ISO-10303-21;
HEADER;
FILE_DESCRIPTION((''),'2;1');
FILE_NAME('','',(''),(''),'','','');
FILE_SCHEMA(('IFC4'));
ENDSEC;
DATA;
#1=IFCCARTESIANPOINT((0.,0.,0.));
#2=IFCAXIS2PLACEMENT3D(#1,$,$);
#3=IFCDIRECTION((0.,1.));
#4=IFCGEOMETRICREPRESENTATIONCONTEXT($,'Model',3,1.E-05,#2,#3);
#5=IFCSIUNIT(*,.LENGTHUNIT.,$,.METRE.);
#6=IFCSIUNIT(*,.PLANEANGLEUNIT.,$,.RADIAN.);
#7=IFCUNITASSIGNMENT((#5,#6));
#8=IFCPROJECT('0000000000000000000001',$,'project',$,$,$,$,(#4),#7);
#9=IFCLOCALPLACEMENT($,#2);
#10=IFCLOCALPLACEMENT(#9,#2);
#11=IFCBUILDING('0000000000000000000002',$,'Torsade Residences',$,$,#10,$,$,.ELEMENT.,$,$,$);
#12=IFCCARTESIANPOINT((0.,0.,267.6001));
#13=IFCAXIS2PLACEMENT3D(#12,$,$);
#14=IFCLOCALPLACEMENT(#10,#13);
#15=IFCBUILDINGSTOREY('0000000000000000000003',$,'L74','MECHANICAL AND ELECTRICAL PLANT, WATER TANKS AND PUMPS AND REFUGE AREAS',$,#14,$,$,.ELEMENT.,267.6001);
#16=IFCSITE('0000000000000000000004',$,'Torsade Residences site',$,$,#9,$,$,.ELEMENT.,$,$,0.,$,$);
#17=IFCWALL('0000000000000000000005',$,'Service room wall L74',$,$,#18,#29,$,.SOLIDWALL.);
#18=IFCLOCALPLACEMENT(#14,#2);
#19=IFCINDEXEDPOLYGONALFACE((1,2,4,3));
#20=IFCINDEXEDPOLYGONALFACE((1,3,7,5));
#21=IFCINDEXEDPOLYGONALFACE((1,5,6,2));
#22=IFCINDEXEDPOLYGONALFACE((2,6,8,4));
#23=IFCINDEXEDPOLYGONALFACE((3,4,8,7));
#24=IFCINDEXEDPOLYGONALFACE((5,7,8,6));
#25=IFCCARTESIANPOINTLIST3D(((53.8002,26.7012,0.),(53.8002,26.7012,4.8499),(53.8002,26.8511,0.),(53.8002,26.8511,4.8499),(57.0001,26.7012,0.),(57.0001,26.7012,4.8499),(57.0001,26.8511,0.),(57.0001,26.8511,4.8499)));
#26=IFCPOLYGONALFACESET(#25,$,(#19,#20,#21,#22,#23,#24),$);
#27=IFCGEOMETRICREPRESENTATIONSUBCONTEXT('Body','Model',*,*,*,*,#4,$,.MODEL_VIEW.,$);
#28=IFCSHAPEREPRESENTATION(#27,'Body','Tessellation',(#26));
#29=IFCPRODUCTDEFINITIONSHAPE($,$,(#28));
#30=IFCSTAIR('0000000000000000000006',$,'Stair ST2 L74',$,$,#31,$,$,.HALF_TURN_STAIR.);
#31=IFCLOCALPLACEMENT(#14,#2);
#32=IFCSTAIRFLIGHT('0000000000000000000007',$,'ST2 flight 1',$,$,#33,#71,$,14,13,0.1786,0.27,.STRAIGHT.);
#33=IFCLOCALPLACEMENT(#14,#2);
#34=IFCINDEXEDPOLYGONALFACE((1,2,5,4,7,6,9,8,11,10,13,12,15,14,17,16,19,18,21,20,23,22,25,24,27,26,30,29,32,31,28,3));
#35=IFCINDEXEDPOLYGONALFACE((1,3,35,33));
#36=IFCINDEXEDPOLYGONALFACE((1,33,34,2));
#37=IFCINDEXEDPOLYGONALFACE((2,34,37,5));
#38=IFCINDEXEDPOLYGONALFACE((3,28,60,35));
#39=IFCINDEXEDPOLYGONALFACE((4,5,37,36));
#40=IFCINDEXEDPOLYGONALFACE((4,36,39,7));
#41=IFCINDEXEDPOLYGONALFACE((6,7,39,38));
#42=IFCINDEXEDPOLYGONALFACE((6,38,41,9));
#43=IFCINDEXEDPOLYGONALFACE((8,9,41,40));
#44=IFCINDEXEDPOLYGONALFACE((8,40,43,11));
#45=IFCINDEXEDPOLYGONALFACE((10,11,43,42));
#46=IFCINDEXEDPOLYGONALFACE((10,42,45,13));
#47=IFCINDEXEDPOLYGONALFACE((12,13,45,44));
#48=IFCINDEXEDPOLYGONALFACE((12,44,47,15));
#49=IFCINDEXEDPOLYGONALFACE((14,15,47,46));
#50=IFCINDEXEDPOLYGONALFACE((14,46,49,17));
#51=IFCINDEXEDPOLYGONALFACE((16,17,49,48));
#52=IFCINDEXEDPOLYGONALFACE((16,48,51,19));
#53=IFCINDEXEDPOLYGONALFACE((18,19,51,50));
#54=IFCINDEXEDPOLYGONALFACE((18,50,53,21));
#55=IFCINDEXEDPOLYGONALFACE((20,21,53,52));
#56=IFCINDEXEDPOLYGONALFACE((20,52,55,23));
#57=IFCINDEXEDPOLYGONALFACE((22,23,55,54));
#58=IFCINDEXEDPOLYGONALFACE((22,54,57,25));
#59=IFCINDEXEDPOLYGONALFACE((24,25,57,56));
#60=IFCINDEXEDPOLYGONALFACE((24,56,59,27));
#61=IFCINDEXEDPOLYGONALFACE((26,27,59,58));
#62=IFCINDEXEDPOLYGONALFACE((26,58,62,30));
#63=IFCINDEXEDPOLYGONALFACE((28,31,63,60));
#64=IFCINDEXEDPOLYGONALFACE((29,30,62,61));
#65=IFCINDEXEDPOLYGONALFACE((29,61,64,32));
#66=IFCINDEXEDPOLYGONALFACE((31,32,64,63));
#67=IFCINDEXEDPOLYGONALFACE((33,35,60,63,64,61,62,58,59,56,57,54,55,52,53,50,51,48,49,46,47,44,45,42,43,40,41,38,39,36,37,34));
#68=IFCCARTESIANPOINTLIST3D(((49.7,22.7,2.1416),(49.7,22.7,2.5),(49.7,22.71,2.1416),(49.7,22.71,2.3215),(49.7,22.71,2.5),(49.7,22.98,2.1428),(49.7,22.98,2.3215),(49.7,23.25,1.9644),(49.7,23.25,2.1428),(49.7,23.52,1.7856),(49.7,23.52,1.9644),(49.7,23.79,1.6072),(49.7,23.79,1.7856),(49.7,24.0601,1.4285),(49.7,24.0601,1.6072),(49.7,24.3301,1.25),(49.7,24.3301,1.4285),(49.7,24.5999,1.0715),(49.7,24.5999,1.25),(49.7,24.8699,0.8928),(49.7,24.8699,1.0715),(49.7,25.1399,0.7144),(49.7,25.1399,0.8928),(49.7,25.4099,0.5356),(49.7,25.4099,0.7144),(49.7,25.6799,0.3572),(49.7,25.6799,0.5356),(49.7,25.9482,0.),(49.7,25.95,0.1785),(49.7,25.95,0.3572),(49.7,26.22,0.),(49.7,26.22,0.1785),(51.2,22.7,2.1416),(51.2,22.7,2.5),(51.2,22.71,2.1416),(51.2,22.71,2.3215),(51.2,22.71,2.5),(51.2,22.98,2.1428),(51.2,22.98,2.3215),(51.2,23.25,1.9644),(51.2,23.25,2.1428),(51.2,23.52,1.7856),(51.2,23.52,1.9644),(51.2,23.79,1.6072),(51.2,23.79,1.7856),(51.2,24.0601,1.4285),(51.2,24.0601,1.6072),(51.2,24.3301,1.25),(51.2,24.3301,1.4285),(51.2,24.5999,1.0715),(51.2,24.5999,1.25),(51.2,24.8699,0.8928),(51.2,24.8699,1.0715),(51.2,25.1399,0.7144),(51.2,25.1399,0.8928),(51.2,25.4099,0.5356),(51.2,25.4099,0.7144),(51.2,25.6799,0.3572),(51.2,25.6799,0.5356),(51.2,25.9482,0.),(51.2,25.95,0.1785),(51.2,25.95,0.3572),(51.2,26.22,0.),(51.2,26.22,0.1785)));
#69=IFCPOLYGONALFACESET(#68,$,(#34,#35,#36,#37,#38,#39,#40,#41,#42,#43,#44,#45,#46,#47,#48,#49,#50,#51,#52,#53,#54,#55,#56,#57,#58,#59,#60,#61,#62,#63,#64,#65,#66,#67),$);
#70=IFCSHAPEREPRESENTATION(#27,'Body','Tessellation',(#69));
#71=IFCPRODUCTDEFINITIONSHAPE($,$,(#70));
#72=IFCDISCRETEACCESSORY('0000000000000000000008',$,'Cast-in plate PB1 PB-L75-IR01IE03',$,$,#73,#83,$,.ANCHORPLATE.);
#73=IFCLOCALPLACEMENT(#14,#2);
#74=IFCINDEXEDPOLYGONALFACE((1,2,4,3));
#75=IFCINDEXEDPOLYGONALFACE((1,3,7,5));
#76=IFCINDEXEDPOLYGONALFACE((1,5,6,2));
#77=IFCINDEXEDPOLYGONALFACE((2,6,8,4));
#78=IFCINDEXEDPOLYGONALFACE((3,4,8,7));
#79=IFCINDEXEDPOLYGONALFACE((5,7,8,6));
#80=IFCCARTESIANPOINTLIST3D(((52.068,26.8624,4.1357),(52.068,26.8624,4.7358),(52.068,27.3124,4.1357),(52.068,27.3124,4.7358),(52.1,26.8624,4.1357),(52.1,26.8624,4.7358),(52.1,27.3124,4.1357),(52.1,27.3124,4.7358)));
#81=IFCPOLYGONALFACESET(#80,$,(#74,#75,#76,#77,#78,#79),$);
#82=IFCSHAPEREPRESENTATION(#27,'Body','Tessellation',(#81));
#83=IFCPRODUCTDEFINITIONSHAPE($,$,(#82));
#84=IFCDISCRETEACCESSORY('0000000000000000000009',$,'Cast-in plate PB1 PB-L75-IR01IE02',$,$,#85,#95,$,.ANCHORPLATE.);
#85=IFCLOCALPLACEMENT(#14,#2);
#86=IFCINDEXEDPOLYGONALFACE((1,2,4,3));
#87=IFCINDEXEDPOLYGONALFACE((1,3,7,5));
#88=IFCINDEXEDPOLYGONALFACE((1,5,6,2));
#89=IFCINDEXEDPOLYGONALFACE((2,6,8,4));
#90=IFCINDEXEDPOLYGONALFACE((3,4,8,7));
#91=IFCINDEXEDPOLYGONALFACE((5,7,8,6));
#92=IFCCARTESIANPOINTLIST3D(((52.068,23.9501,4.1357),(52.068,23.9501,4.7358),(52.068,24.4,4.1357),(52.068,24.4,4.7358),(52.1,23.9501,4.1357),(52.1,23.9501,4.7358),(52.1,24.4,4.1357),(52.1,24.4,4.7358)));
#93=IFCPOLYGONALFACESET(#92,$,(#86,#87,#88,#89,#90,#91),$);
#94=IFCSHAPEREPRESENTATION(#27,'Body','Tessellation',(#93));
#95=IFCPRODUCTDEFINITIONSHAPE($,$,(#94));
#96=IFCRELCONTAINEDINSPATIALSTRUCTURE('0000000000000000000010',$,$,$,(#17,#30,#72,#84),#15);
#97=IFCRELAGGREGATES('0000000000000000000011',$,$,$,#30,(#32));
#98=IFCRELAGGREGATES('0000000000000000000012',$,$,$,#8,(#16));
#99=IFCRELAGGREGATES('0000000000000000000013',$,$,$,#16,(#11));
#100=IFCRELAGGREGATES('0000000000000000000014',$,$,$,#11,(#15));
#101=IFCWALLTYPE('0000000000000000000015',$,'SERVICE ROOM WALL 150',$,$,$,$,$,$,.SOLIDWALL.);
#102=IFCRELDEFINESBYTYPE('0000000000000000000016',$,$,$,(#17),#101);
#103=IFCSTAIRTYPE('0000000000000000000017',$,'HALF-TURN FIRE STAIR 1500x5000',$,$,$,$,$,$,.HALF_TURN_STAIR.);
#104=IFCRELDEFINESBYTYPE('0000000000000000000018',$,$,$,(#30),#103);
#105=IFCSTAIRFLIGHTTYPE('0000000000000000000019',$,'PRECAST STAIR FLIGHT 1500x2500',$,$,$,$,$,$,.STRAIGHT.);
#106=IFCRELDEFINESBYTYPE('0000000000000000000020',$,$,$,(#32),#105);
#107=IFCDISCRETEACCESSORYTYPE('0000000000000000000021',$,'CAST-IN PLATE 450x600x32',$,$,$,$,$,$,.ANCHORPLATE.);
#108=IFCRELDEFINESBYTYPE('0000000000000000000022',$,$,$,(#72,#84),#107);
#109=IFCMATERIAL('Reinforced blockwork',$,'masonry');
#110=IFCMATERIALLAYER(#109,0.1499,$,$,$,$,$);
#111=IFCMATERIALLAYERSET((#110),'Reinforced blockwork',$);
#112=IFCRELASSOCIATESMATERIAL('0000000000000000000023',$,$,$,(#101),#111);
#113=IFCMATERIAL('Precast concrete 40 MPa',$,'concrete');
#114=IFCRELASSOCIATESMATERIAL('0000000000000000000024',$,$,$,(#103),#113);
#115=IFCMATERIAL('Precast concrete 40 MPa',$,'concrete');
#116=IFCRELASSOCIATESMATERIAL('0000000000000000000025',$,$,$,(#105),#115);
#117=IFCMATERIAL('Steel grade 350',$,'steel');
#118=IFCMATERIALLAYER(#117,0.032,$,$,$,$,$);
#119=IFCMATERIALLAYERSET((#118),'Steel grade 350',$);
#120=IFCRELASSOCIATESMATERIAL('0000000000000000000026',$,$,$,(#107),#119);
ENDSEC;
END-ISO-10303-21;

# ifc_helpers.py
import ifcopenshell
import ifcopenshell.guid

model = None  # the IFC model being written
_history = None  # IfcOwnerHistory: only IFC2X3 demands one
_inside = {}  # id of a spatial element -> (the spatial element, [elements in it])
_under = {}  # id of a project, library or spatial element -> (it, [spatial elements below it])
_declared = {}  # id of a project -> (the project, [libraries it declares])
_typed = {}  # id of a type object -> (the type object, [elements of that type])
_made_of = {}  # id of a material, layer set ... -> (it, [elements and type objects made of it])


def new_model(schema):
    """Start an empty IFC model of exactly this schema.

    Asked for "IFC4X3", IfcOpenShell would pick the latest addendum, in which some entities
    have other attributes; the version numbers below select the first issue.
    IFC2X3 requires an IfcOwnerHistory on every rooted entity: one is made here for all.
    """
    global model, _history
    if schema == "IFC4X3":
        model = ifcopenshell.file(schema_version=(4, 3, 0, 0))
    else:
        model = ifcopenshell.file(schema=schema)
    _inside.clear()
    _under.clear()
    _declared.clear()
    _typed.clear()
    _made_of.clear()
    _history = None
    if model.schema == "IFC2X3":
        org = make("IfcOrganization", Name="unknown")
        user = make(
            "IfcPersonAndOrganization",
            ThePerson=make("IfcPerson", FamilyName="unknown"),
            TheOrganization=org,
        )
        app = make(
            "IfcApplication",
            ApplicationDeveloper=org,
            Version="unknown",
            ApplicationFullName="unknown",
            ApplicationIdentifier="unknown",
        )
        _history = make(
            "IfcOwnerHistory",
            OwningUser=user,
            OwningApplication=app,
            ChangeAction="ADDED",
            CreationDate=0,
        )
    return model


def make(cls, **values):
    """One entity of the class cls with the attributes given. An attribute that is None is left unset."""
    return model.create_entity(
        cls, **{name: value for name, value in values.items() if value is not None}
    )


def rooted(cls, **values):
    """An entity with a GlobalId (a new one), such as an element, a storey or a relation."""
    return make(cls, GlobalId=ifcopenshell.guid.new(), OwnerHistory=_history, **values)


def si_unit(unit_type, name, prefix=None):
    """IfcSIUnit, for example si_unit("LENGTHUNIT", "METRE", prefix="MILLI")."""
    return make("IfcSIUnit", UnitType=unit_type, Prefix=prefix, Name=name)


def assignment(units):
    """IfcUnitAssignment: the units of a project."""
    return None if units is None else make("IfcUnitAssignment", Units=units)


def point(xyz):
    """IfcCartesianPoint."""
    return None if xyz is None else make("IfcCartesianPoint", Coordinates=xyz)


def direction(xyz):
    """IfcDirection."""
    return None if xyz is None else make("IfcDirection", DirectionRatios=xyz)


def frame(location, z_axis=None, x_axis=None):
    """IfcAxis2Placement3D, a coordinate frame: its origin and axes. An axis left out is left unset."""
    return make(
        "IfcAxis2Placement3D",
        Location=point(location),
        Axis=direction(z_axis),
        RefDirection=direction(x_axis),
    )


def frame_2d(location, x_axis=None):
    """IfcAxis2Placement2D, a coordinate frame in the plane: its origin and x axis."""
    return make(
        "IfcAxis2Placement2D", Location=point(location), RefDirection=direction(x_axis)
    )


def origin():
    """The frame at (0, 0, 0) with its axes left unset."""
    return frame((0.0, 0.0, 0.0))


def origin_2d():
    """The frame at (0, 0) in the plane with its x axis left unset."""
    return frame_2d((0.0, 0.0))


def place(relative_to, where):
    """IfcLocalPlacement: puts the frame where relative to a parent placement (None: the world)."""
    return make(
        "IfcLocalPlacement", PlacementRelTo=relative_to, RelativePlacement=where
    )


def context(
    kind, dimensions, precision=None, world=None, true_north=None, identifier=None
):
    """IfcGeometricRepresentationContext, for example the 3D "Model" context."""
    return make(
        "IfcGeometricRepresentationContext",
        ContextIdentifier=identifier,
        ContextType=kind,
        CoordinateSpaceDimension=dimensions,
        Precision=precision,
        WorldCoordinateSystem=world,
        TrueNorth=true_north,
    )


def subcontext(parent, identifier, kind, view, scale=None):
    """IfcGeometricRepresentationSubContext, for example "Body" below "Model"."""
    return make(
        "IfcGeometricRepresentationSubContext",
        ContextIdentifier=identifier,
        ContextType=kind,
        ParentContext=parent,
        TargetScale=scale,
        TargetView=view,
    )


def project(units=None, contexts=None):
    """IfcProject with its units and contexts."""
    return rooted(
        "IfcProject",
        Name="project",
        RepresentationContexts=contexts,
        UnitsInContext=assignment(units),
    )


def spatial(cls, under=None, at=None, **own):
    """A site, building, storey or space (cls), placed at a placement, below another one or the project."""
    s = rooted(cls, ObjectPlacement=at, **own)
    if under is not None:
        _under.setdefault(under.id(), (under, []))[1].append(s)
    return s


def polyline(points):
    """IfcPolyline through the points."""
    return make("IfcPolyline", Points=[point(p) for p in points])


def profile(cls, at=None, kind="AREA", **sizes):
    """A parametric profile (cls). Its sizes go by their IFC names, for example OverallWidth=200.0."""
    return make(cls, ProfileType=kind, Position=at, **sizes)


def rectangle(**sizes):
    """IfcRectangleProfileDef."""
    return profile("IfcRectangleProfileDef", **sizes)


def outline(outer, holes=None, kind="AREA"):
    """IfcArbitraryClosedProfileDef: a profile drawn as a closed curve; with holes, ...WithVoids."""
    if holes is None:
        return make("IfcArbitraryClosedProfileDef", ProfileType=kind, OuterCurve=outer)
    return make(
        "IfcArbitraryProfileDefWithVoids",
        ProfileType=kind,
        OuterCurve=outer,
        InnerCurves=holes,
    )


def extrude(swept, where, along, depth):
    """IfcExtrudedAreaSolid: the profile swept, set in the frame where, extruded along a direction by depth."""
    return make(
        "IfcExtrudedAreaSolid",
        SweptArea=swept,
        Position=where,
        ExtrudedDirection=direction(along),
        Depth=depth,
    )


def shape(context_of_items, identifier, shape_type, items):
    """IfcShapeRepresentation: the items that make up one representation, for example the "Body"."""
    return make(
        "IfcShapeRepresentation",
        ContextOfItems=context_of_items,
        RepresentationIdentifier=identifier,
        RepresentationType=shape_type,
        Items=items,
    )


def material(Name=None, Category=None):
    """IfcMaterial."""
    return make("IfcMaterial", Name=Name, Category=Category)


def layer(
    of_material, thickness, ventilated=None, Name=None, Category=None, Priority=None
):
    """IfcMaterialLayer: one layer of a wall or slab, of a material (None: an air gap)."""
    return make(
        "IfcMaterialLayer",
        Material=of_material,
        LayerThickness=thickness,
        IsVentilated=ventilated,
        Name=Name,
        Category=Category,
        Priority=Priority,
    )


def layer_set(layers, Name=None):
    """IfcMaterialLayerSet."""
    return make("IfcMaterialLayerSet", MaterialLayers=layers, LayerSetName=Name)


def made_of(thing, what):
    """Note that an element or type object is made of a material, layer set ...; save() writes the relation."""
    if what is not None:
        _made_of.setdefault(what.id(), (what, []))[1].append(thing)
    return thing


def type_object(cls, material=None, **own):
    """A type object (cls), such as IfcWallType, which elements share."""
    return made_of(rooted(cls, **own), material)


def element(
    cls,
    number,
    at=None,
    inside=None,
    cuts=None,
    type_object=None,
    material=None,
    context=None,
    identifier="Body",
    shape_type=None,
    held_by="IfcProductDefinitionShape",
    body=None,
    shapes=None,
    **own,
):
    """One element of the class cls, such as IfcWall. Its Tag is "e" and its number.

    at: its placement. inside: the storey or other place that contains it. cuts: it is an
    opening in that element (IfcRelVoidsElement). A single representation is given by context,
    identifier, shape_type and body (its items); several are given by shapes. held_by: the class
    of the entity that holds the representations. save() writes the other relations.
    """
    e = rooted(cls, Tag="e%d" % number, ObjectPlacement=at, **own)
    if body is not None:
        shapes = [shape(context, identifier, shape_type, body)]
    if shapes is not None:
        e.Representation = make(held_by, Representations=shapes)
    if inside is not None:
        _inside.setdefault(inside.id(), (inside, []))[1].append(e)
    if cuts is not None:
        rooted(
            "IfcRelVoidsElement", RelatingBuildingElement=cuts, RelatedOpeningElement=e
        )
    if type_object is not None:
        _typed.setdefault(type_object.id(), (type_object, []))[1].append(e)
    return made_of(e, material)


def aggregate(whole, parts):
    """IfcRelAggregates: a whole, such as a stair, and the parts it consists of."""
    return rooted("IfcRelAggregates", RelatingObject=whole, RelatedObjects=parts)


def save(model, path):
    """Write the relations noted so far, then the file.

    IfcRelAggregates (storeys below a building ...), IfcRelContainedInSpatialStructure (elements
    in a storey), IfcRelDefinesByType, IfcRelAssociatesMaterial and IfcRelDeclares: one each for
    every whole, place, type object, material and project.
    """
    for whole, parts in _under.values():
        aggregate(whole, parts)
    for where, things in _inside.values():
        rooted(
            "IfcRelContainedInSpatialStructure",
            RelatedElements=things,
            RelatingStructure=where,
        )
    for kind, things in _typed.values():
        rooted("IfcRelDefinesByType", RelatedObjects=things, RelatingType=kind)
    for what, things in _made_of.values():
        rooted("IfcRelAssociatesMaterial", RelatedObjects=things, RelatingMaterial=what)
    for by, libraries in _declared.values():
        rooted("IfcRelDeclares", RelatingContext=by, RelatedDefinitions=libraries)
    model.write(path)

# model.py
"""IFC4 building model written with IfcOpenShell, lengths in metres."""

from ifc_helpers import new_model, si_unit, direction, frame, frame_2d, origin, origin_2d, place, context, subcontext, project, spatial, polyline, rectangle, outline, extrude, material, layer, layer_set, type_object, element, aggregate, save


model = new_model("IFC4")

# Units and contexts
model_context = context("Model", 3, precision=1e-05, world=origin(), true_north=direction((0.0, 1.0)))
body_context = subcontext(model_context, "Body", "Model", "MODEL_VIEW")
ifc_project = project(units=[si_unit("LENGTHUNIT", "METRE"), si_unit("PLANEANGLEUNIT", "RADIAN")], contexts=[model_context])

# Site, building, storey
site_placement = place(None, origin())
site = spatial("IfcSite", under=ifc_project, at=site_placement, Name="Torsade Residences site", CompositionType="ELEMENT", RefElevation=0.0)
building_placement = place(site_placement, origin())
building = spatial("IfcBuilding", under=site, at=building_placement, Name="Torsade Residences", CompositionType="ELEMENT")
storey_placement = place(building_placement, frame((0.0, 0.0, 267.6001)))
storey = spatial("IfcBuildingStorey", under=building, at=storey_placement, Name="L74", Description="MECHANICAL AND ELECTRICAL PLANT, WATER TANKS AND PUMPS AND REFUGE AREAS", CompositionType="ELEMENT", Elevation=267.6001)

# Wall
ifc_material_1 = material(Name="Reinforced blockwork", Category="masonry")
ifc_layer_1 = layer(ifc_material_1, 0.1499)
ifc_layer_set_1 = layer_set([ifc_layer_1], Name="Reinforced blockwork")
wall_type_1 = type_object("IfcWallType", Name="SERVICE ROOM WALL 150", PredefinedType="SOLIDWALL", material=ifc_layer_set_1)
wall_1_placement = place(storey_placement, frame((53.8, 26.7761, 0.0), z_axis=(0.0, 0.0, 1.0), x_axis=(1.0, 0.0, 0.0)))
element("IfcWall", 1, at=wall_1_placement, inside=storey, type_object=wall_type_1, Name="Service room wall L74", PredefinedType="SOLIDWALL", context=body_context, shape_type="SweptSolid", body=[
    extrude(rectangle(XDim=3.2, YDim=0.1499, at=frame_2d((1.6001, 0.0))), origin(), (0.0, 0.0, 1.0), 4.8499),
])

# Stair, stair flight
ifc_material_2 = material(Name="Precast concrete 40 MPa", Category="concrete")
stair_type = type_object("IfcStairType", Name="HALF-TURN FIRE STAIR 1500x5000", PredefinedType="HALF_TURN_STAIR", material=ifc_material_2)
stair_placement = place(storey_placement, origin())
stair = element("IfcStair", 2, at=stair_placement, inside=storey, type_object=stair_type, Name="Stair ST2 L74", PredefinedType="HALF_TURN_STAIR")
ifc_material_3 = material(Name="Precast concrete 40 MPa", Category="concrete")
stair_flight_type = type_object("IfcStairFlightType", Name="PRECAST STAIR FLIGHT 1500x2500", PredefinedType="STRAIGHT", material=ifc_material_3)
stair_flight_placement = place(storey_placement, frame((50.45, 26.22, 0.0), z_axis=(0.0, 0.0, 1.0), x_axis=(0.0, -1.0, 0.0)))
stair_flight = element("IfcStairFlight", 3, at=stair_flight_placement, type_object=stair_flight_type, Name="ST2 flight 1", NumberOfRisers=14, NumberOfTreads=13, PredefinedType="STRAIGHT", RiserHeight=0.1786, TreadLength=0.27, context=body_context, shape_type="SweptSolid", body=[
    extrude(outline(polyline([(0.0, 0.0), (0.0, 0.1785), (0.27, 0.1785), (0.27, 0.3572), (0.54, 0.3572), (0.54, 0.5356), (0.8101, 0.5356), (0.8101, 0.7144), (1.0801, 0.7144), (1.0801, 0.8928), (1.3501, 0.8928), (1.3501, 1.0715), (1.6201, 1.0715), (1.6201, 1.25), (1.8899, 1.25), (1.8899, 1.4285), (2.1599, 1.4285), (2.1599, 1.6072), (2.4299, 1.6072), (2.4299, 1.7856), (2.7, 1.7856), (2.7, 1.9644), (2.97, 1.9644), (2.97, 2.1428), (3.24, 2.1428), (3.24, 2.3215), (3.51, 2.3215), (3.51, 2.5), (3.52, 2.5), (3.52, 2.1416), (3.51, 2.1416), (0.2717, 0.0), (0.0, 0.0)])), frame((0.0, 0.75, 0.0), z_axis=(0.0, -1.0, 0.0), x_axis=(1.0, 0.0, 0.0)), (0.0, 0.0, 1.0), 1.5),
])
aggregate(stair, [stair_flight])

# Discrete accessories
ifc_material_4 = material(Name="Steel grade 350", Category="steel")
ifc_layer_2 = layer(ifc_material_4, 0.032)
ifc_layer_set_2 = layer_set([ifc_layer_2], Name="Steel grade 350")
discrete_accessory_type = type_object("IfcDiscreteAccessoryType", Name="CAST-IN PLATE 450x600x32", PredefinedType="ANCHORPLATE", material=ifc_layer_set_2)
for number, where, z_axis, x_axis, name in (
    (4, (52.084, 27.0874, 4.1357), (0.0, 0.0, 1.0), (1.0, 0.0, 0.0), "Cast-in plate PB1 PB-L75-IR01IE03"),
    (5, (52.084, 24.175, 4.1357), (0.0, 0.0, 1.0), (1.0, 0.0, 0.0), "Cast-in plate PB1 PB-L75-IR01IE02"),
):
    element("IfcDiscreteAccessory", number, at=place(storey_placement, frame(where, z_axis=z_axis, x_axis=x_axis)), inside=storey, type_object=discrete_accessory_type, Name=name, PredefinedType="ANCHORPLATE", context=body_context, shape_type="SweptSolid", body=[
        extrude(rectangle(XDim=0.032, YDim=0.45, at=origin_2d()), origin(), (0.0, 0.0, 1.0), 0.6001),
    ])

save(model, "model.ifc")
